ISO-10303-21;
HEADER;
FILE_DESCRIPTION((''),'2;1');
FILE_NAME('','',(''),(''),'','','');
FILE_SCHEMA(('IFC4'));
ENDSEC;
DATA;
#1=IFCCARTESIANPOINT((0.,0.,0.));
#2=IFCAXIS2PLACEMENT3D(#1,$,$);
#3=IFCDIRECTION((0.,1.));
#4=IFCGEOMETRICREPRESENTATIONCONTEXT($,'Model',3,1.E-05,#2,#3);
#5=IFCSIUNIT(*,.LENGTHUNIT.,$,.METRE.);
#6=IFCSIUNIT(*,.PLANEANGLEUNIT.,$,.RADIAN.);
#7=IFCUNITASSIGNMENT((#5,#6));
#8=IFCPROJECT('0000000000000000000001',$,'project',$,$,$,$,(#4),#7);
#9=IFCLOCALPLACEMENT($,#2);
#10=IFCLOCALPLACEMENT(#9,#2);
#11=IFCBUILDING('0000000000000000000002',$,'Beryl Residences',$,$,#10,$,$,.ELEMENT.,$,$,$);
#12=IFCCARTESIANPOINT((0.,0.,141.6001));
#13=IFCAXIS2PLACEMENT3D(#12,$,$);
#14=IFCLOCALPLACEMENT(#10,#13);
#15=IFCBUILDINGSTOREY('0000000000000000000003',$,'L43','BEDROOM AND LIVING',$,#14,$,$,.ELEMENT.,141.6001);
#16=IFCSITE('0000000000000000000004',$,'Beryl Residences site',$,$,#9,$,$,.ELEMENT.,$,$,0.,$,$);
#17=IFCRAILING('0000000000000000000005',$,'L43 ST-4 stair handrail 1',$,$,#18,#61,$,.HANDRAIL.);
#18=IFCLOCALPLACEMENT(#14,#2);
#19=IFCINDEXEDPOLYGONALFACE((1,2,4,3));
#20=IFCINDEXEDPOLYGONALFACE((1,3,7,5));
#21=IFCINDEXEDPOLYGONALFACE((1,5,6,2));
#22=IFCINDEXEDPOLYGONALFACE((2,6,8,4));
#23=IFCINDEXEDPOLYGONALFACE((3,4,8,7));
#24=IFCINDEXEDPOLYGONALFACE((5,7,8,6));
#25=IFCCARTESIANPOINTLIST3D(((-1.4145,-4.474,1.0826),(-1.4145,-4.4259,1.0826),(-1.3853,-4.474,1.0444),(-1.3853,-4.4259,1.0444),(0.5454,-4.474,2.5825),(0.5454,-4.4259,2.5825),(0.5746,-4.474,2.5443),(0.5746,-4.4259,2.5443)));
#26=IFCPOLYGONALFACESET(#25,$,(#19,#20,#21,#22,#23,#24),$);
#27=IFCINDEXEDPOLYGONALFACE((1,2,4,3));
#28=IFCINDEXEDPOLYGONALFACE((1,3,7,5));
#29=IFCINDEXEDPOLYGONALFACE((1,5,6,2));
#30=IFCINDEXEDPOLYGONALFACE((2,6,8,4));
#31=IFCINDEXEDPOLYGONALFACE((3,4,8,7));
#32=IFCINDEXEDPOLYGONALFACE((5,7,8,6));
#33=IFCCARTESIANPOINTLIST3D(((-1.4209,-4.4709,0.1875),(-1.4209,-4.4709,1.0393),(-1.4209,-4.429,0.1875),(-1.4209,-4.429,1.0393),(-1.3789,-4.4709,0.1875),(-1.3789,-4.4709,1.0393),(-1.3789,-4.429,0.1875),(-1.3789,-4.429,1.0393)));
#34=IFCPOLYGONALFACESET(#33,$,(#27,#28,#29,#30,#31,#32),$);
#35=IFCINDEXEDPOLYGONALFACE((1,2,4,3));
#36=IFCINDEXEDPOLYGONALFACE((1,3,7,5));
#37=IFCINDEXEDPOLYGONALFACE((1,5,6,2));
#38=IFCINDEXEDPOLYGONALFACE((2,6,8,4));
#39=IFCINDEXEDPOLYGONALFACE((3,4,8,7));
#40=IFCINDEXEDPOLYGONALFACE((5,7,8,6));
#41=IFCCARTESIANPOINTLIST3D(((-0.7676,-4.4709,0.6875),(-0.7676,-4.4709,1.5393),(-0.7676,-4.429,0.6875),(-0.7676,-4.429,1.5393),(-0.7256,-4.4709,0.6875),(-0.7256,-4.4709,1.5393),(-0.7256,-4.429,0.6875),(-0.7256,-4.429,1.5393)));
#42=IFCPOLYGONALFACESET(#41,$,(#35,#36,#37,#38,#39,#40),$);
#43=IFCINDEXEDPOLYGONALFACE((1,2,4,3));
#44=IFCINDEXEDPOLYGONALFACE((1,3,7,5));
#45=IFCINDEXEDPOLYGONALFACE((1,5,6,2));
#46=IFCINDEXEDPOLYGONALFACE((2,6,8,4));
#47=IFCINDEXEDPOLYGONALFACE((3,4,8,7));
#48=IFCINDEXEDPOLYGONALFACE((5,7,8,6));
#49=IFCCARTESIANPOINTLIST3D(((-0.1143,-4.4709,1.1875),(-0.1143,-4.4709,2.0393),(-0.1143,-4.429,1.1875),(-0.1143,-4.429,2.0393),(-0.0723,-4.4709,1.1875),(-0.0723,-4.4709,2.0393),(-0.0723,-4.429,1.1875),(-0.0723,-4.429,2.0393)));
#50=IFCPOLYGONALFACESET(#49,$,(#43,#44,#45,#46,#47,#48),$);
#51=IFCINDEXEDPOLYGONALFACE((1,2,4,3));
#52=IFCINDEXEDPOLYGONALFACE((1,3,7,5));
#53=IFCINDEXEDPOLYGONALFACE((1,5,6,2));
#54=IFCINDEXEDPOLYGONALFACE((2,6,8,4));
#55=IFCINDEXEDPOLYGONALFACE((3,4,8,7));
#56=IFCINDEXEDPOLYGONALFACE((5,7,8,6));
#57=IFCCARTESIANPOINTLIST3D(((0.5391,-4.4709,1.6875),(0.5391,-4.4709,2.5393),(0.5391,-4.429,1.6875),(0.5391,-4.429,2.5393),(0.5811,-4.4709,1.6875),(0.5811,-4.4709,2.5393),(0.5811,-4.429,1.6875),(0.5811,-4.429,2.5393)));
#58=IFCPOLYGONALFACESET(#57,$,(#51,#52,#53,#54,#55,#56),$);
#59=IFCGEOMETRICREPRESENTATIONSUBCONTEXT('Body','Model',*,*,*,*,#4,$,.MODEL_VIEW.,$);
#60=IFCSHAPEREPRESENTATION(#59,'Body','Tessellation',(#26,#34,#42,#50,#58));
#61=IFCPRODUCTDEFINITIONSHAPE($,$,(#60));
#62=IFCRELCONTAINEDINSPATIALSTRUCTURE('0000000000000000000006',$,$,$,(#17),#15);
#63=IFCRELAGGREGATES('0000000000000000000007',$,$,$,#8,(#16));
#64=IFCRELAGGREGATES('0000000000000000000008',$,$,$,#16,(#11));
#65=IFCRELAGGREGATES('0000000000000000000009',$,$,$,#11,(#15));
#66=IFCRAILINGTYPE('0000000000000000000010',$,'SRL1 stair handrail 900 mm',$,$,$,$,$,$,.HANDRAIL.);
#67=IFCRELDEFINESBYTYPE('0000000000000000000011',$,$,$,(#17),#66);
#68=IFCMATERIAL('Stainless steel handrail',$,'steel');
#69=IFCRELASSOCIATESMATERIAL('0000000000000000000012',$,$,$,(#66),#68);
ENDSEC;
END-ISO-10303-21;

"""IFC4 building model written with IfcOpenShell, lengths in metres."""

from ifc_helpers import new_model, si_unit, direction, frame, origin, origin_2d, place, context, subcontext, project, spatial, rectangle, extrude, material, type_object, element, save


model = new_model("IFC4")

# Units and contexts
model_context = context("Model", 3, precision=1e-05, world=origin(), true_north=direction((0.0, 1.0)))
body_context = subcontext(model_context, "Body", "Model", "MODEL_VIEW")
ifc_project = project(units=[si_unit("LENGTHUNIT", "METRE"), si_unit("PLANEANGLEUNIT", "RADIAN")], contexts=[model_context])

# Site, building, storey
site_placement = place(None, origin())
site = spatial("IfcSite", under=ifc_project, at=site_placement, Name="Beryl Residences site", CompositionType="ELEMENT", RefElevation=0.0)
building_placement = place(site_placement, origin())
building = spatial("IfcBuilding", under=site, at=building_placement, Name="Beryl Residences", CompositionType="ELEMENT")
storey_placement = place(building_placement, frame((0.0, 0.0, 141.6001)))
storey = spatial("IfcBuildingStorey", under=building, at=storey_placement, Name="L43", Description="BEDROOM AND LIVING", CompositionType="ELEMENT", Elevation=141.6001)

# Railing
ifc_material_1 = material(Name="Stainless steel handrail", Category="steel")
railing_type = type_object("IfcRailingType", Name="SRL1 stair handrail 900 mm", PredefinedType="HANDRAIL", material=ifc_material_1)
railing_placement = place(storey_placement, frame((-1.3999, -4.45, 0.1875)))
element("IfcRailing", 1, at=railing_placement, inside=storey, type_object=railing_type, Name="L43 ST-4 stair handrail 1", PredefinedType="HANDRAIL", context=body_context, shape_type="SweptSolid", body=[
    extrude(rectangle(XDim=0.0481, YDim=0.0481, at=origin_2d()), frame((0.0, 0.0, 0.876), z_axis=(0.794122, 0.0, 0.607758), x_axis=(0.0, 1.0, 0.0)), (0.0, 0.0, 1.0), 2.468),
    extrude(rectangle(XDim=0.042, YDim=0.042, at=origin_2d()), origin(), (0.0, 0.0, 1.0), 0.8518),
    extrude(rectangle(XDim=0.042, YDim=0.042, at=origin_2d()), frame((0.6533, 0.0, 0.5)), (0.0, 0.0, 1.0), 0.8518),
    extrude(rectangle(XDim=0.042, YDim=0.042, at=origin_2d()), frame((1.3066, 0.0, 1.0)), (0.0, 0.0, 1.0), 0.8518),
    extrude(rectangle(XDim=0.042, YDim=0.042, at=origin_2d()), frame((1.96, 0.0, 1.5)), (0.0, 0.0, 1.0), 0.8518),
])

save(model, "model.ifc")
